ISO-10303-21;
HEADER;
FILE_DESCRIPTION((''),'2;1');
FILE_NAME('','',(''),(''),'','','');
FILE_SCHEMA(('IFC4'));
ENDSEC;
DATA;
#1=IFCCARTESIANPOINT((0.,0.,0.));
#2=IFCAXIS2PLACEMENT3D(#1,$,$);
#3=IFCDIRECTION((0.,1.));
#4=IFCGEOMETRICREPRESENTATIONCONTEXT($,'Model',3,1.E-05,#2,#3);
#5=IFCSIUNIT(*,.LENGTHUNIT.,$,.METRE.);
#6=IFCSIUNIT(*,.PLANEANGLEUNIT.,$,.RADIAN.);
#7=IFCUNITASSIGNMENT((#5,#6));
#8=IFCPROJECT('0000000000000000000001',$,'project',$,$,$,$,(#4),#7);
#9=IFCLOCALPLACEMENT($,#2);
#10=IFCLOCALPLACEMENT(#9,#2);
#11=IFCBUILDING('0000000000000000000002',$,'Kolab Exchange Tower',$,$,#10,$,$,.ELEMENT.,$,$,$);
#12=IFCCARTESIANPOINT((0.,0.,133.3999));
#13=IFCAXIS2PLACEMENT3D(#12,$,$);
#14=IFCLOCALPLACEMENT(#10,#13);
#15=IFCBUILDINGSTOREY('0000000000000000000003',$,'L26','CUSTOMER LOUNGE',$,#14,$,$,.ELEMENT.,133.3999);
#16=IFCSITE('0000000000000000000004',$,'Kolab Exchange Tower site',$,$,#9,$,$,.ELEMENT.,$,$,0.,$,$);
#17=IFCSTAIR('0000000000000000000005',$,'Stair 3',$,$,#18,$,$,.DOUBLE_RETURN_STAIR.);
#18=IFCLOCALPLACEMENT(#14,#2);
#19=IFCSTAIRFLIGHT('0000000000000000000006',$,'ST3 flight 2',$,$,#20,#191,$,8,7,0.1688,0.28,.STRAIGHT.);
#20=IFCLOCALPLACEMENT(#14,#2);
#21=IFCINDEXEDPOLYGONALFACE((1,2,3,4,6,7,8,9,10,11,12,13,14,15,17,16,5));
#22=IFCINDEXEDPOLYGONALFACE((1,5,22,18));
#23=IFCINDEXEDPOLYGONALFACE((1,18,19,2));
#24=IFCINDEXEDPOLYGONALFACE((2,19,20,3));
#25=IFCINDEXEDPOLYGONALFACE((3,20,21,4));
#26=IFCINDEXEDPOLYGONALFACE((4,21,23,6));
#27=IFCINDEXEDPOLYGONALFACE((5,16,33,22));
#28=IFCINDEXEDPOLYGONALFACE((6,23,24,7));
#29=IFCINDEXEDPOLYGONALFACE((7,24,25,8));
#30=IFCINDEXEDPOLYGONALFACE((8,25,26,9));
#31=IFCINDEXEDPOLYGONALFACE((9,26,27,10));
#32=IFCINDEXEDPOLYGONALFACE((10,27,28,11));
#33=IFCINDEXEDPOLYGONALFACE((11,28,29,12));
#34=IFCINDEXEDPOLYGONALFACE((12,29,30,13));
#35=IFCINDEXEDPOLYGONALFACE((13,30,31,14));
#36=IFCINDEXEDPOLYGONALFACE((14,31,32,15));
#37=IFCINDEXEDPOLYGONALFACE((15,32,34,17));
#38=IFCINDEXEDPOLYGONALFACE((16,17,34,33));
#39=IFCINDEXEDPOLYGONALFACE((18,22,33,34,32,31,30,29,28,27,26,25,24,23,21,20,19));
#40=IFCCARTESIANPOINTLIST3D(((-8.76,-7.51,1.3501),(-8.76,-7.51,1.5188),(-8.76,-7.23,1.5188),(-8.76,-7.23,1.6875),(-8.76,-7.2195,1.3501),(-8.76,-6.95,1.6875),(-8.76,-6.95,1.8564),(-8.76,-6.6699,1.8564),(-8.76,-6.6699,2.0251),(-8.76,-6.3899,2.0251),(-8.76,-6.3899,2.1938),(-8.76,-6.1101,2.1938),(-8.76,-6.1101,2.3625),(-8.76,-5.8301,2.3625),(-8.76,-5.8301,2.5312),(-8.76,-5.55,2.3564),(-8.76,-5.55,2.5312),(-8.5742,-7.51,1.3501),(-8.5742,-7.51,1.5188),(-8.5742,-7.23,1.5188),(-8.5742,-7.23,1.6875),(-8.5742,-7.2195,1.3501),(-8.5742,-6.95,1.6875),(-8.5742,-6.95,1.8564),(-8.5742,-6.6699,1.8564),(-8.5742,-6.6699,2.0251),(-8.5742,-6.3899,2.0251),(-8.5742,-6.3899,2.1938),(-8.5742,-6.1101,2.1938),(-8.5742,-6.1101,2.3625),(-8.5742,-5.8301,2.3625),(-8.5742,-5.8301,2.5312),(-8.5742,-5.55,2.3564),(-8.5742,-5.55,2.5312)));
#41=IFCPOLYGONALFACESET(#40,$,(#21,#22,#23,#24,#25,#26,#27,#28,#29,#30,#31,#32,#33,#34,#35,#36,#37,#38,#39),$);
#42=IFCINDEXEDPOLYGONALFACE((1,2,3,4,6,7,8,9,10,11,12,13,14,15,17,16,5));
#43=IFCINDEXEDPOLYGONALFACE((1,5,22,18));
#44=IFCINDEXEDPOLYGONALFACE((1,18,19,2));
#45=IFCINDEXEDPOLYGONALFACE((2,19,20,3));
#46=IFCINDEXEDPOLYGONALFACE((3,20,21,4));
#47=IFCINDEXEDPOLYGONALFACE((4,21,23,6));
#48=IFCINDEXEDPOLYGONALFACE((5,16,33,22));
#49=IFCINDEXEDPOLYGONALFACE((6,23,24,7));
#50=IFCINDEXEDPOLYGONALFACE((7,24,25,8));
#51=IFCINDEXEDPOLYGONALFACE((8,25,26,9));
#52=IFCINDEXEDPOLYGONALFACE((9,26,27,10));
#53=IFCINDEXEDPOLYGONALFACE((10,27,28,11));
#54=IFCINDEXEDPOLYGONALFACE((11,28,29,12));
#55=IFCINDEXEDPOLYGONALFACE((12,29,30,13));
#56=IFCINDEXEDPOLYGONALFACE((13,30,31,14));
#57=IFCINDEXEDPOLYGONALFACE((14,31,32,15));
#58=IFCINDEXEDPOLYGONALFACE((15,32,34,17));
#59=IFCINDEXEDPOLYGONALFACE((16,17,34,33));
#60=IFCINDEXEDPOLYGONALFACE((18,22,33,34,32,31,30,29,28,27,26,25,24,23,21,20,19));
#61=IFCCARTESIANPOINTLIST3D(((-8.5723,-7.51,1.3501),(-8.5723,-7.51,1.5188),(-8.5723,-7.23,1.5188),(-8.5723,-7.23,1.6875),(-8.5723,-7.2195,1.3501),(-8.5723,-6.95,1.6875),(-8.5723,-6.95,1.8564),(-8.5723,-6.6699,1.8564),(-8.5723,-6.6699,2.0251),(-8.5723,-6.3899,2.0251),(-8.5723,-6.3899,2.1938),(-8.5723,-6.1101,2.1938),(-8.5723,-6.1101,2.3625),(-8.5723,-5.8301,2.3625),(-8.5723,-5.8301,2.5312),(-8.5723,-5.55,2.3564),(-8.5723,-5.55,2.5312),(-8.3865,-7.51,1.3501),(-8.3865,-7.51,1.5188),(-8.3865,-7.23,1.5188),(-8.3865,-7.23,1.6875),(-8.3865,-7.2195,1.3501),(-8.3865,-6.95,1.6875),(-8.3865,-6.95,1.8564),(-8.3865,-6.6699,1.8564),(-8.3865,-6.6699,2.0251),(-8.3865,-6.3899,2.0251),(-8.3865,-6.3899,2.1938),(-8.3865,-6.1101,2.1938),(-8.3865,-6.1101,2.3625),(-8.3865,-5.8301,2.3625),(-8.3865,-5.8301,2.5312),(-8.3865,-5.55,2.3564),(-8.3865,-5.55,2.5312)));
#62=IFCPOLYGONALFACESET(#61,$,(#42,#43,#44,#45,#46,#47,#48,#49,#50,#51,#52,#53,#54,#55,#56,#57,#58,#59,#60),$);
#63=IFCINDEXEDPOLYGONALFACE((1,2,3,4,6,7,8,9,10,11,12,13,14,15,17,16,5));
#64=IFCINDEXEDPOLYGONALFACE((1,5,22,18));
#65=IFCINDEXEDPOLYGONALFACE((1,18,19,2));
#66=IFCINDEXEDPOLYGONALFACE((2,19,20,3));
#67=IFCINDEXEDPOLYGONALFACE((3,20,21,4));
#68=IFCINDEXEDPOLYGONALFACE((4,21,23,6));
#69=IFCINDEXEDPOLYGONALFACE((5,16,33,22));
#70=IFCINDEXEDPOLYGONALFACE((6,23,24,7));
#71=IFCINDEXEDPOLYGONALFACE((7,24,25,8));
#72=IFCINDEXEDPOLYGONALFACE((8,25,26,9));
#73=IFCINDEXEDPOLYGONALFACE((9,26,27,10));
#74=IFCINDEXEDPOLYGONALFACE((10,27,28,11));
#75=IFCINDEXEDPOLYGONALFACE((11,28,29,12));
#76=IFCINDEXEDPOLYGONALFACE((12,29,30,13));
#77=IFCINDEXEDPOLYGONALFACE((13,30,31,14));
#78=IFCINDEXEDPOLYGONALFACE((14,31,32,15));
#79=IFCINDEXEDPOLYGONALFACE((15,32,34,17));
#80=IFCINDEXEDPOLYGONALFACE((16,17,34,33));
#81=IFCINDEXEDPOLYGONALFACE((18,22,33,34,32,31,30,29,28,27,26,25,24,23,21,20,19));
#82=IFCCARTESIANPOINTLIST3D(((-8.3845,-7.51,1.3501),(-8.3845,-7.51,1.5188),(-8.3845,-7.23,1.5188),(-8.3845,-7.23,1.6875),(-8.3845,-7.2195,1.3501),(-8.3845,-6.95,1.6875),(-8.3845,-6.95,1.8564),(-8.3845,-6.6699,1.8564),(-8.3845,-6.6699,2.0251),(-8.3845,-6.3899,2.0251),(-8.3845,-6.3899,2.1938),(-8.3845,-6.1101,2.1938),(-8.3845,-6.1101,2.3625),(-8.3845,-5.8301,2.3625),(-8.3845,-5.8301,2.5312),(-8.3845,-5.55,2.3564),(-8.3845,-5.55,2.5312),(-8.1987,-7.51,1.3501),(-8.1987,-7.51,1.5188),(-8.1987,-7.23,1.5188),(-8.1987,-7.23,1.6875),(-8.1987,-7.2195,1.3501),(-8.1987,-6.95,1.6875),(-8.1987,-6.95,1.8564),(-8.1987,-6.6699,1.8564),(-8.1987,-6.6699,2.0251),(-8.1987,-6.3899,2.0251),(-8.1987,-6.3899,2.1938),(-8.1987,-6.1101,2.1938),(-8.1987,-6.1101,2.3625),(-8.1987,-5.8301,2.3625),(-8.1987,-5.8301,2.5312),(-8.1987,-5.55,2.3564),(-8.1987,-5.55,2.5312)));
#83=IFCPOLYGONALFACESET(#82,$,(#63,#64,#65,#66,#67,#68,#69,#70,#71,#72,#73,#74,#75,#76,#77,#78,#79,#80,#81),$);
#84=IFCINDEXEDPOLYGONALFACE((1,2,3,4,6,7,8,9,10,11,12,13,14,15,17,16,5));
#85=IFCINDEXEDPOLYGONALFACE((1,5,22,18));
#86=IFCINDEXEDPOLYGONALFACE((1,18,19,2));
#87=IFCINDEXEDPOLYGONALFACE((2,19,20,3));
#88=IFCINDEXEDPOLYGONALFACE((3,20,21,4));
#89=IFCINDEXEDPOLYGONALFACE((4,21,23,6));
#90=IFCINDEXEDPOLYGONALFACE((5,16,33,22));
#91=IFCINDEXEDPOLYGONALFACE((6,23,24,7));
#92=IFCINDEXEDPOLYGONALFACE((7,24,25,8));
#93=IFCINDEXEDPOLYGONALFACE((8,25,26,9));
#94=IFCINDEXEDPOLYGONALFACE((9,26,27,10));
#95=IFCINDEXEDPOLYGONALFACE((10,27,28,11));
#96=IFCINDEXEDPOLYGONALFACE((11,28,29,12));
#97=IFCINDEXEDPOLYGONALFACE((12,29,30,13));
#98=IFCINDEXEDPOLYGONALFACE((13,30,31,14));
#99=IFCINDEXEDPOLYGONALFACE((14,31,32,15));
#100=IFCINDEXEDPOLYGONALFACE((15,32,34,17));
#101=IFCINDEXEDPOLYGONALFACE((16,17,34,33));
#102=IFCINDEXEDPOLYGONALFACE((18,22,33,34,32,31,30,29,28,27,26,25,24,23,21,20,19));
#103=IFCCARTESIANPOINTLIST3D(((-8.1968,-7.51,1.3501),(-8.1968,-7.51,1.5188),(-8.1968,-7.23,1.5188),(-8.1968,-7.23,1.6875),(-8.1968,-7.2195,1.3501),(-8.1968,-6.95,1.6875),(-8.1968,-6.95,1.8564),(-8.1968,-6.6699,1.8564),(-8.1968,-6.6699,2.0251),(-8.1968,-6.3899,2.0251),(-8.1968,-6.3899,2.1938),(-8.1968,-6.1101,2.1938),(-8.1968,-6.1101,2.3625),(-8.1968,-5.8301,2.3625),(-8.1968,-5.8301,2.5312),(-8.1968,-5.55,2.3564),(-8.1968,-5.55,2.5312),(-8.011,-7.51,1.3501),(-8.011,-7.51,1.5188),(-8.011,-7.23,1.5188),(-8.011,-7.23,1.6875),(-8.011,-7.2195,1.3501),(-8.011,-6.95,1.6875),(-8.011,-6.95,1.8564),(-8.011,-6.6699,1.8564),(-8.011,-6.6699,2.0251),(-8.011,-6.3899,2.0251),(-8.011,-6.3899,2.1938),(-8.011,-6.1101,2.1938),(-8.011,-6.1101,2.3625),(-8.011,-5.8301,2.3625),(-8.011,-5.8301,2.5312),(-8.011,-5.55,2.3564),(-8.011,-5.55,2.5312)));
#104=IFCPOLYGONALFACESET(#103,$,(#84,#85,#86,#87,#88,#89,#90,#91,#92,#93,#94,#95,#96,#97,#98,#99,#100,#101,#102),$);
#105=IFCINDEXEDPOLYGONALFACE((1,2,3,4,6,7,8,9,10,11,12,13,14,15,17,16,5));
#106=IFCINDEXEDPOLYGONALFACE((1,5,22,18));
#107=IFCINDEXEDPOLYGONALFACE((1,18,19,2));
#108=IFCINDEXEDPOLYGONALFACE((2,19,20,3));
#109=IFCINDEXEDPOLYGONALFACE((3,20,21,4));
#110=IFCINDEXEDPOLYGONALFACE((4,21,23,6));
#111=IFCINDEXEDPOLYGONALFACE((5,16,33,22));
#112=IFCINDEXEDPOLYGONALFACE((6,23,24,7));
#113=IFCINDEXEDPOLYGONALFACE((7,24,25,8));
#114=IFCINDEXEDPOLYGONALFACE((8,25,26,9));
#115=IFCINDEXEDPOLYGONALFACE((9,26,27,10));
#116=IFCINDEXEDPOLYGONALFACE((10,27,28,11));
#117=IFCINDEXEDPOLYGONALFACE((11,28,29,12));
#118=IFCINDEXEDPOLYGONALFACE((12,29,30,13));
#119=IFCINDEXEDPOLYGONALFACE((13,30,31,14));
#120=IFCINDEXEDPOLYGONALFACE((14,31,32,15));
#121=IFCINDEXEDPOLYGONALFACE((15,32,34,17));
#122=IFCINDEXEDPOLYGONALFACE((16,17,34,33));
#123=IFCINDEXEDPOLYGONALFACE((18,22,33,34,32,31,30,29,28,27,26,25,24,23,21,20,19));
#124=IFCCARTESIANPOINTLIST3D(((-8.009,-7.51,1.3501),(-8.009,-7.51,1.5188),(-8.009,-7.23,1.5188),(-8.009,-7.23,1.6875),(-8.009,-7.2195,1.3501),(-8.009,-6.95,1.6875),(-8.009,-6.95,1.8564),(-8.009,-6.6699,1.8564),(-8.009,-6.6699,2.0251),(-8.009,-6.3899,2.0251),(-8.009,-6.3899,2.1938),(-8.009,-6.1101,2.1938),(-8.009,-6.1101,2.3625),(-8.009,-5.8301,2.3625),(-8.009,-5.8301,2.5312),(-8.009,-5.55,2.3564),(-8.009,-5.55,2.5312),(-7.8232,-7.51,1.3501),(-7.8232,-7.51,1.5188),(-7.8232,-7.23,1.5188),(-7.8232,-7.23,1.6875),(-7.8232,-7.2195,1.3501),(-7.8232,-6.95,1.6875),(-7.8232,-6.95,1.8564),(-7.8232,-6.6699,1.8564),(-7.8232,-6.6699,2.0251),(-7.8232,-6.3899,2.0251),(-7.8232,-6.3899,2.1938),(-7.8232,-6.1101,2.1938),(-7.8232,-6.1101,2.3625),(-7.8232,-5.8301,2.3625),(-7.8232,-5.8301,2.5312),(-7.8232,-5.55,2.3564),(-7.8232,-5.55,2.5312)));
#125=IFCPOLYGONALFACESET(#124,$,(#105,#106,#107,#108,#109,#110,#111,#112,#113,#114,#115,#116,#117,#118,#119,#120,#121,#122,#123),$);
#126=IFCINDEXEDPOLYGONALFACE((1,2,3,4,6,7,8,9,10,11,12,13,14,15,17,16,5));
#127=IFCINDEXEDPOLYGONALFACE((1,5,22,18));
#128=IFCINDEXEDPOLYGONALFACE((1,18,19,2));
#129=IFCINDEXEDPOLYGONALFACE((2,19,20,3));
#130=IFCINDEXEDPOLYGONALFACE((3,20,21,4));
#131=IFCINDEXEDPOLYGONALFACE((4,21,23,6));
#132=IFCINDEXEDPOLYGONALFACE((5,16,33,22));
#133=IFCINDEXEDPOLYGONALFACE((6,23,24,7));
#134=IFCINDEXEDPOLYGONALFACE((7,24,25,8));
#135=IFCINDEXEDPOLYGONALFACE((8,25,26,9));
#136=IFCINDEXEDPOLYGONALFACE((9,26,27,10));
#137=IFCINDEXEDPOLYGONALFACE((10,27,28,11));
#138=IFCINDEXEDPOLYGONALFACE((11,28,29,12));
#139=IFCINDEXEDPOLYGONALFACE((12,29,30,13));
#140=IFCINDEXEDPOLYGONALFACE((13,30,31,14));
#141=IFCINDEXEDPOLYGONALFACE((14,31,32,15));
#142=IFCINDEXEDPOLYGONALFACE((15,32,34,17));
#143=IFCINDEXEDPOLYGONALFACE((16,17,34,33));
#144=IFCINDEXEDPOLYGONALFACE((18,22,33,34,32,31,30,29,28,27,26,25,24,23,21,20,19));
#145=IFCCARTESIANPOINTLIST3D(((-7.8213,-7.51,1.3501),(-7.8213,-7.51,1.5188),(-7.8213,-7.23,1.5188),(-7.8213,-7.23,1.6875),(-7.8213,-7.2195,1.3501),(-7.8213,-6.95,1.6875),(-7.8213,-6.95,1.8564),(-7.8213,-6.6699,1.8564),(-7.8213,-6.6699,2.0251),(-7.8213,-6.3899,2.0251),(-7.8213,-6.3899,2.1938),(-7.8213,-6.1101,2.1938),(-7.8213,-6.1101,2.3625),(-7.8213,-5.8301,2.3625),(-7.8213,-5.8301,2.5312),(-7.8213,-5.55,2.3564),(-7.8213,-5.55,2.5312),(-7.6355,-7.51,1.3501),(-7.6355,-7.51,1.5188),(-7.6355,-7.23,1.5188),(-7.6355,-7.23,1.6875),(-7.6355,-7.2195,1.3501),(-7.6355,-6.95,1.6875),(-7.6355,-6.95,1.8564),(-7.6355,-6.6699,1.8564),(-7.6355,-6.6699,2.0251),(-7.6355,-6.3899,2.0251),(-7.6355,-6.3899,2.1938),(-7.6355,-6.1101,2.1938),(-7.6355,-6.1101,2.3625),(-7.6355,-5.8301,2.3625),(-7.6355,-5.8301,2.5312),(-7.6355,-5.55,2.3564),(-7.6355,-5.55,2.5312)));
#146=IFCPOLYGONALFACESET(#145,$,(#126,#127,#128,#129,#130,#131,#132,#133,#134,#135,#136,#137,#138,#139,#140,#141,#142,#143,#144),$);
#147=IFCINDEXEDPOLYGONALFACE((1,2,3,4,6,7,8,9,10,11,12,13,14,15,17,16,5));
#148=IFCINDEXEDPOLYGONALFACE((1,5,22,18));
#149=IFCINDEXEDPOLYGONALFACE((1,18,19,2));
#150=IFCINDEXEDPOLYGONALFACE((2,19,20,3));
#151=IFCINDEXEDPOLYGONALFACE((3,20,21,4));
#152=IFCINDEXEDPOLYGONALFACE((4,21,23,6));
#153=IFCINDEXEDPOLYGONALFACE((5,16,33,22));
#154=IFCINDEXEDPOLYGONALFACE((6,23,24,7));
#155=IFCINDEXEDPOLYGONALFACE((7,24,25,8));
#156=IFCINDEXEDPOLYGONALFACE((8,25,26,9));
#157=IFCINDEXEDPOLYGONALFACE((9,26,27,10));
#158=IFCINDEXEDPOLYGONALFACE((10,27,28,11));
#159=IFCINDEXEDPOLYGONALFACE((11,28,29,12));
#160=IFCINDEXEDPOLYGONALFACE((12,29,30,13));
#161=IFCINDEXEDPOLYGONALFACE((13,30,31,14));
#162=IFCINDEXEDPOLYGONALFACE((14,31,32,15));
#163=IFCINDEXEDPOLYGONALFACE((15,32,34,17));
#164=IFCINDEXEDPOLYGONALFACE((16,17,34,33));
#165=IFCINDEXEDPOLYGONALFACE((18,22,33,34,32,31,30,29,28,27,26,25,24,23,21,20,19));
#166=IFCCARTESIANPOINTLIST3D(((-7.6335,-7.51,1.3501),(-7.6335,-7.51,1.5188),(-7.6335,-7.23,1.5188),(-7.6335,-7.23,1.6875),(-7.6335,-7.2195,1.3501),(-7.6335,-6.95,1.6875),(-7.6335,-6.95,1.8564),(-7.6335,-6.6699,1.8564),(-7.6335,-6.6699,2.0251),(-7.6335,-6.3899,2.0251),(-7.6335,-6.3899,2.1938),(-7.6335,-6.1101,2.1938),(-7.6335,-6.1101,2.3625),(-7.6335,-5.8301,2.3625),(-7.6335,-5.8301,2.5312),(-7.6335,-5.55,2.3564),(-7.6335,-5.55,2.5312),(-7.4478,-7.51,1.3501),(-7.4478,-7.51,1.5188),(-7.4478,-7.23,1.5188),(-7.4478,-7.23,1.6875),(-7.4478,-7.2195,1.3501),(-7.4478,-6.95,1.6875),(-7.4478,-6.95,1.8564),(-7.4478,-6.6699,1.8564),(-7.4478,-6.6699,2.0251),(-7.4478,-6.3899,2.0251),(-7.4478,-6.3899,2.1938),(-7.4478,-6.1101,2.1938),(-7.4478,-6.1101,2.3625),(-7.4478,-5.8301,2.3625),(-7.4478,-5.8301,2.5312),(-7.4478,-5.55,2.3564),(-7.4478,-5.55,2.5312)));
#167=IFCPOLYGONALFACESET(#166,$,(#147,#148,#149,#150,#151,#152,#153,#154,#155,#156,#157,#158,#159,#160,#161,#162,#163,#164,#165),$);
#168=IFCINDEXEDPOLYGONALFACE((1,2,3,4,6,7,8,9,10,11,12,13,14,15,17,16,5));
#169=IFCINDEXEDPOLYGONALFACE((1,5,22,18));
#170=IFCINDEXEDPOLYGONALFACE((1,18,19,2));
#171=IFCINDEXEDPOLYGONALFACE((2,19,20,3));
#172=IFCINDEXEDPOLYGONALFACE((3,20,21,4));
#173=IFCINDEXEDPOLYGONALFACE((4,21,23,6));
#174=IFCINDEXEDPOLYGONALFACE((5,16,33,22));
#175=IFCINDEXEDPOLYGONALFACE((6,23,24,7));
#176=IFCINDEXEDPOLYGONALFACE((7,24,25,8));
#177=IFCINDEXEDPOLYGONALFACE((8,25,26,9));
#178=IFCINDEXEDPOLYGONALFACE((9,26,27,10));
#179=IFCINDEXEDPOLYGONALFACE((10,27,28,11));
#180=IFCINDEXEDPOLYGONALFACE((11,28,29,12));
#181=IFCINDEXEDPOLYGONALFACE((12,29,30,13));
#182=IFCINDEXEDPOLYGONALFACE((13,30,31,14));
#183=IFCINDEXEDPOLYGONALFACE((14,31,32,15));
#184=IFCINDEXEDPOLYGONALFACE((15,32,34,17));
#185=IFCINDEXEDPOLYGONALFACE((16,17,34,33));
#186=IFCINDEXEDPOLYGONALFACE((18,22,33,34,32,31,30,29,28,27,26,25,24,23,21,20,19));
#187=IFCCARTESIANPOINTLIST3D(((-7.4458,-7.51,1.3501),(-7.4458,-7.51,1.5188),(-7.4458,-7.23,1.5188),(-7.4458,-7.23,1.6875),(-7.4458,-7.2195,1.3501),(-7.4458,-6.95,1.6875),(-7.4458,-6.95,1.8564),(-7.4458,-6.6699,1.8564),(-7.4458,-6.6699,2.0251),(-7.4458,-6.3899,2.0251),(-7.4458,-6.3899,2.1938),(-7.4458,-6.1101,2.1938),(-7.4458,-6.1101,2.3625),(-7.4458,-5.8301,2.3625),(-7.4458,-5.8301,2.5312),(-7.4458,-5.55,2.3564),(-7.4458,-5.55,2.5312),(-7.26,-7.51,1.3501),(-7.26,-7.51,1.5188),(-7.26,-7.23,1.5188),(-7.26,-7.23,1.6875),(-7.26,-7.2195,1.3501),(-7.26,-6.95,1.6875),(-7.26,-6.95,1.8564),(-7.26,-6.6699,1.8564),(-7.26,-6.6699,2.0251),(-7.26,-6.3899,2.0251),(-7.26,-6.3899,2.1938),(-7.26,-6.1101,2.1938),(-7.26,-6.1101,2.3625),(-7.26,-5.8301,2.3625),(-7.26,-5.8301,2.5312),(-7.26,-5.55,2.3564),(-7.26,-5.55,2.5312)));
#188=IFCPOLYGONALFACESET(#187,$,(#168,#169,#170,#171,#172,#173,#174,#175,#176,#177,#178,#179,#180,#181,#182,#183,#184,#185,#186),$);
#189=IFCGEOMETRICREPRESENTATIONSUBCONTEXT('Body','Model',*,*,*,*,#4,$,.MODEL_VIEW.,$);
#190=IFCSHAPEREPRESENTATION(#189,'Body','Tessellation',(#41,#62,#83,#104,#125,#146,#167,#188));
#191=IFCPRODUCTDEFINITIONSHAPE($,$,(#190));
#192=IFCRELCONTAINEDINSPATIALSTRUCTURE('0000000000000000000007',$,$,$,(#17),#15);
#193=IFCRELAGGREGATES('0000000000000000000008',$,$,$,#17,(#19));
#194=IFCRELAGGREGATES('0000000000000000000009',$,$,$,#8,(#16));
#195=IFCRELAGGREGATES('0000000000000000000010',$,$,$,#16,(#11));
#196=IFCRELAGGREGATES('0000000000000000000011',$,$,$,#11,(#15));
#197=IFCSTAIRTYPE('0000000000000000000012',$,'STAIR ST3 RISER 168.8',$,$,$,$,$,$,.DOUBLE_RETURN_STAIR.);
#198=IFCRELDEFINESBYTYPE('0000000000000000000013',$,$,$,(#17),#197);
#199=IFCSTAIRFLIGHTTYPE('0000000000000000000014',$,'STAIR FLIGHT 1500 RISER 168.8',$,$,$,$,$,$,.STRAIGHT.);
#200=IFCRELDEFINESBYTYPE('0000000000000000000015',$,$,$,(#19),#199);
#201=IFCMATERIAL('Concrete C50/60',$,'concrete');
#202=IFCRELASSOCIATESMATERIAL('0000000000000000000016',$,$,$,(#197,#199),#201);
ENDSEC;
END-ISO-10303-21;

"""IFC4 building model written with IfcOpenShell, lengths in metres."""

from ifc_helpers import new_model, si_unit, direction, frame, origin, place, context, subcontext, project, spatial, polyline, outline, extrude, material, type_object, element, aggregate, save


model = new_model("IFC4")

# Units and contexts
model_context = context("Model", 3, precision=1e-05, world=origin(), true_north=direction((0.0, 1.0)))
body_context = subcontext(model_context, "Body", "Model", "MODEL_VIEW")
ifc_project = project(units=[si_unit("LENGTHUNIT", "METRE"), si_unit("PLANEANGLEUNIT", "RADIAN")], contexts=[model_context])

# Site, building, storey
site_placement = place(None, origin())
site = spatial("IfcSite", under=ifc_project, at=site_placement, Name="Kolab Exchange Tower site", CompositionType="ELEMENT", RefElevation=0.0)
building_placement = place(site_placement, origin())
building = spatial("IfcBuilding", under=site, at=building_placement, Name="Kolab Exchange Tower", CompositionType="ELEMENT")
storey_placement = place(building_placement, frame((0.0, 0.0, 133.3999)))
storey = spatial("IfcBuildingStorey", under=building, at=storey_placement, Name="L26", Description="CUSTOMER LOUNGE", CompositionType="ELEMENT", Elevation=133.3999)

# Shared definitions
ifc_material_1 = material(Name="Concrete C50/60", Category="concrete")

# Stair, stair flight
stair_type = type_object("IfcStairType", Name="STAIR ST3 RISER 168.8", PredefinedType="DOUBLE_RETURN_STAIR", material=ifc_material_1)
stair_placement = place(storey_placement, origin())
stair = element("IfcStair", 1, at=stair_placement, inside=storey, type_object=stair_type, Name="Stair 3", PredefinedType="DOUBLE_RETURN_STAIR")
stair_flight_type = type_object("IfcStairFlightType", Name="STAIR FLIGHT 1500 RISER 168.8", PredefinedType="STRAIGHT", material=ifc_material_1)
stair_flight_1_placement = place(storey_placement, frame((-8.01, -7.51, 1.3501), z_axis=(0.0, 0.0, 1.0), x_axis=(0.0, 1.0, 0.0)))
stair_flight_1 = element("IfcStairFlight", 2, at=stair_flight_1_placement, type_object=stair_flight_type, Name="ST3 flight 2", NumberOfRisers=8, NumberOfTreads=7, PredefinedType="STRAIGHT", RiserHeight=0.1688, TreadLength=0.28, context=body_context, shape_type="SweptSolid", body=[
    extrude(outline(polyline([(0.0, 0.0), (0.0, 0.1687), (0.28, 0.1687), (0.28, 0.3374), (0.5601, 0.3374), (0.5601, 0.5063), (0.8401, 0.5063), (0.8401, 0.675), (1.1201, 0.675), (1.1201, 0.8438), (1.3999, 0.8438), (1.3999, 1.0125), (1.6799, 1.0125), (1.6799, 1.1812), (1.96, 1.1812), (1.96, 1.3501), (1.96, 1.0063), (0.2905, 0.0), (0.0, 0.0)])), frame((0.0, 0.75, 0.0), z_axis=(0.0, -1.0, 0.0), x_axis=(1.0, 0.0, 0.0)), (0.0, 0.0, 1.0), 0.1858),
    extrude(outline(polyline([(0.0, 0.0), (0.0, 0.1687), (0.28, 0.1687), (0.28, 0.3374), (0.5601, 0.3374), (0.5601, 0.5063), (0.8401, 0.5063), (0.8401, 0.675), (1.1201, 0.675), (1.1201, 0.8438), (1.3999, 0.8438), (1.3999, 1.0125), (1.6799, 1.0125), (1.6799, 1.1812), (1.96, 1.1812), (1.96, 1.3501), (1.96, 1.0063), (0.2905, 0.0), (0.0, 0.0)])), frame((0.0, 0.5623, 0.0), z_axis=(0.0, -1.0, 0.0), x_axis=(1.0, 0.0, 0.0)), (0.0, 0.0, 1.0), 0.1858),
    extrude(outline(polyline([(0.0, 0.0), (0.0, 0.1687), (0.28, 0.1687), (0.28, 0.3374), (0.5601, 0.3374), (0.5601, 0.5063), (0.8401, 0.5063), (0.8401, 0.675), (1.1201, 0.675), (1.1201, 0.8438), (1.3999, 0.8438), (1.3999, 1.0125), (1.6799, 1.0125), (1.6799, 1.1812), (1.96, 1.1812), (1.96, 1.3501), (1.96, 1.0063), (0.2905, 0.0), (0.0, 0.0)])), frame((0.0, 0.3745, 0.0), z_axis=(0.0, -1.0, 0.0), x_axis=(1.0, 0.0, 0.0)), (0.0, 0.0, 1.0), 0.1858),
    extrude(outline(polyline([(0.0, 0.0), (0.0, 0.1687), (0.28, 0.1687), (0.28, 0.3374), (0.5601, 0.3374), (0.5601, 0.5063), (0.8401, 0.5063), (0.8401, 0.675), (1.1201, 0.675), (1.1201, 0.8438), (1.3999, 0.8438), (1.3999, 1.0125), (1.6799, 1.0125), (1.6799, 1.1812), (1.96, 1.1812), (1.96, 1.3501), (1.96, 1.0063), (0.2905, 0.0), (0.0, 0.0)])), frame((0.0, 0.1868, 0.0), z_axis=(0.0, -1.0, 0.0), x_axis=(1.0, 0.0, 0.0)), (0.0, 0.0, 1.0), 0.1858),
    extrude(outline(polyline([(0.0, 0.0), (0.0, 0.1687), (0.28, 0.1687), (0.28, 0.3374), (0.5601, 0.3374), (0.5601, 0.5063), (0.8401, 0.5063), (0.8401, 0.675), (1.1201, 0.675), (1.1201, 0.8438), (1.3999, 0.8438), (1.3999, 1.0125), (1.6799, 1.0125), (1.6799, 1.1812), (1.96, 1.1812), (1.96, 1.3501), (1.96, 1.0063), (0.2905, 0.0), (0.0, 0.0)])), frame((0.0, -0.001, 0.0), z_axis=(0.0, -1.0, 0.0), x_axis=(1.0, 0.0, 0.0)), (0.0, 0.0, 1.0), 0.1858),
    extrude(outline(polyline([(0.0, 0.0), (0.0, 0.1687), (0.28, 0.1687), (0.28, 0.3374), (0.5601, 0.3374), (0.5601, 0.5063), (0.8401, 0.5063), (0.8401, 0.675), (1.1201, 0.675), (1.1201, 0.8438), (1.3999, 0.8438), (1.3999, 1.0125), (1.6799, 1.0125), (1.6799, 1.1812), (1.96, 1.1812), (1.96, 1.3501), (1.96, 1.0063), (0.2905, 0.0), (0.0, 0.0)])), frame((0.0, -0.1887, 0.0), z_axis=(0.0, -1.0, 0.0), x_axis=(1.0, 0.0, 0.0)), (0.0, 0.0, 1.0), 0.1858),
    extrude(outline(polyline([(0.0, 0.0), (0.0, 0.1687), (0.28, 0.1687), (0.28, 0.3374), (0.5601, 0.3374), (0.5601, 0.5063), (0.8401, 0.5063), (0.8401, 0.675), (1.1201, 0.675), (1.1201, 0.8438), (1.3999, 0.8438), (1.3999, 1.0125), (1.6799, 1.0125), (1.6799, 1.1812), (1.96, 1.1812), (1.96, 1.3501), (1.96, 1.0063), (0.2905, 0.0), (0.0, 0.0)])), frame((0.0, -0.3765, 0.0), z_axis=(0.0, -1.0, 0.0), x_axis=(1.0, 0.0, 0.0)), (0.0, 0.0, 1.0), 0.1858),
    extrude(outline(polyline([(0.0, 0.0), (0.0, 0.1687), (0.28, 0.1687), (0.28, 0.3374), (0.5601, 0.3374), (0.5601, 0.5063), (0.8401, 0.5063), (0.8401, 0.675), (1.1201, 0.675), (1.1201, 0.8438), (1.3999, 0.8438), (1.3999, 1.0125), (1.6799, 1.0125), (1.6799, 1.1812), (1.96, 1.1812), (1.96, 1.3501), (1.96, 1.0063), (0.2905, 0.0), (0.0, 0.0)])), frame((0.0, -0.5642, 0.0), z_axis=(0.0, -1.0, 0.0), x_axis=(1.0, 0.0, 0.0)), (0.0, 0.0, 1.0), 0.1858),
])
aggregate(stair, [stair_flight_1])

save(model, "model.ifc")
